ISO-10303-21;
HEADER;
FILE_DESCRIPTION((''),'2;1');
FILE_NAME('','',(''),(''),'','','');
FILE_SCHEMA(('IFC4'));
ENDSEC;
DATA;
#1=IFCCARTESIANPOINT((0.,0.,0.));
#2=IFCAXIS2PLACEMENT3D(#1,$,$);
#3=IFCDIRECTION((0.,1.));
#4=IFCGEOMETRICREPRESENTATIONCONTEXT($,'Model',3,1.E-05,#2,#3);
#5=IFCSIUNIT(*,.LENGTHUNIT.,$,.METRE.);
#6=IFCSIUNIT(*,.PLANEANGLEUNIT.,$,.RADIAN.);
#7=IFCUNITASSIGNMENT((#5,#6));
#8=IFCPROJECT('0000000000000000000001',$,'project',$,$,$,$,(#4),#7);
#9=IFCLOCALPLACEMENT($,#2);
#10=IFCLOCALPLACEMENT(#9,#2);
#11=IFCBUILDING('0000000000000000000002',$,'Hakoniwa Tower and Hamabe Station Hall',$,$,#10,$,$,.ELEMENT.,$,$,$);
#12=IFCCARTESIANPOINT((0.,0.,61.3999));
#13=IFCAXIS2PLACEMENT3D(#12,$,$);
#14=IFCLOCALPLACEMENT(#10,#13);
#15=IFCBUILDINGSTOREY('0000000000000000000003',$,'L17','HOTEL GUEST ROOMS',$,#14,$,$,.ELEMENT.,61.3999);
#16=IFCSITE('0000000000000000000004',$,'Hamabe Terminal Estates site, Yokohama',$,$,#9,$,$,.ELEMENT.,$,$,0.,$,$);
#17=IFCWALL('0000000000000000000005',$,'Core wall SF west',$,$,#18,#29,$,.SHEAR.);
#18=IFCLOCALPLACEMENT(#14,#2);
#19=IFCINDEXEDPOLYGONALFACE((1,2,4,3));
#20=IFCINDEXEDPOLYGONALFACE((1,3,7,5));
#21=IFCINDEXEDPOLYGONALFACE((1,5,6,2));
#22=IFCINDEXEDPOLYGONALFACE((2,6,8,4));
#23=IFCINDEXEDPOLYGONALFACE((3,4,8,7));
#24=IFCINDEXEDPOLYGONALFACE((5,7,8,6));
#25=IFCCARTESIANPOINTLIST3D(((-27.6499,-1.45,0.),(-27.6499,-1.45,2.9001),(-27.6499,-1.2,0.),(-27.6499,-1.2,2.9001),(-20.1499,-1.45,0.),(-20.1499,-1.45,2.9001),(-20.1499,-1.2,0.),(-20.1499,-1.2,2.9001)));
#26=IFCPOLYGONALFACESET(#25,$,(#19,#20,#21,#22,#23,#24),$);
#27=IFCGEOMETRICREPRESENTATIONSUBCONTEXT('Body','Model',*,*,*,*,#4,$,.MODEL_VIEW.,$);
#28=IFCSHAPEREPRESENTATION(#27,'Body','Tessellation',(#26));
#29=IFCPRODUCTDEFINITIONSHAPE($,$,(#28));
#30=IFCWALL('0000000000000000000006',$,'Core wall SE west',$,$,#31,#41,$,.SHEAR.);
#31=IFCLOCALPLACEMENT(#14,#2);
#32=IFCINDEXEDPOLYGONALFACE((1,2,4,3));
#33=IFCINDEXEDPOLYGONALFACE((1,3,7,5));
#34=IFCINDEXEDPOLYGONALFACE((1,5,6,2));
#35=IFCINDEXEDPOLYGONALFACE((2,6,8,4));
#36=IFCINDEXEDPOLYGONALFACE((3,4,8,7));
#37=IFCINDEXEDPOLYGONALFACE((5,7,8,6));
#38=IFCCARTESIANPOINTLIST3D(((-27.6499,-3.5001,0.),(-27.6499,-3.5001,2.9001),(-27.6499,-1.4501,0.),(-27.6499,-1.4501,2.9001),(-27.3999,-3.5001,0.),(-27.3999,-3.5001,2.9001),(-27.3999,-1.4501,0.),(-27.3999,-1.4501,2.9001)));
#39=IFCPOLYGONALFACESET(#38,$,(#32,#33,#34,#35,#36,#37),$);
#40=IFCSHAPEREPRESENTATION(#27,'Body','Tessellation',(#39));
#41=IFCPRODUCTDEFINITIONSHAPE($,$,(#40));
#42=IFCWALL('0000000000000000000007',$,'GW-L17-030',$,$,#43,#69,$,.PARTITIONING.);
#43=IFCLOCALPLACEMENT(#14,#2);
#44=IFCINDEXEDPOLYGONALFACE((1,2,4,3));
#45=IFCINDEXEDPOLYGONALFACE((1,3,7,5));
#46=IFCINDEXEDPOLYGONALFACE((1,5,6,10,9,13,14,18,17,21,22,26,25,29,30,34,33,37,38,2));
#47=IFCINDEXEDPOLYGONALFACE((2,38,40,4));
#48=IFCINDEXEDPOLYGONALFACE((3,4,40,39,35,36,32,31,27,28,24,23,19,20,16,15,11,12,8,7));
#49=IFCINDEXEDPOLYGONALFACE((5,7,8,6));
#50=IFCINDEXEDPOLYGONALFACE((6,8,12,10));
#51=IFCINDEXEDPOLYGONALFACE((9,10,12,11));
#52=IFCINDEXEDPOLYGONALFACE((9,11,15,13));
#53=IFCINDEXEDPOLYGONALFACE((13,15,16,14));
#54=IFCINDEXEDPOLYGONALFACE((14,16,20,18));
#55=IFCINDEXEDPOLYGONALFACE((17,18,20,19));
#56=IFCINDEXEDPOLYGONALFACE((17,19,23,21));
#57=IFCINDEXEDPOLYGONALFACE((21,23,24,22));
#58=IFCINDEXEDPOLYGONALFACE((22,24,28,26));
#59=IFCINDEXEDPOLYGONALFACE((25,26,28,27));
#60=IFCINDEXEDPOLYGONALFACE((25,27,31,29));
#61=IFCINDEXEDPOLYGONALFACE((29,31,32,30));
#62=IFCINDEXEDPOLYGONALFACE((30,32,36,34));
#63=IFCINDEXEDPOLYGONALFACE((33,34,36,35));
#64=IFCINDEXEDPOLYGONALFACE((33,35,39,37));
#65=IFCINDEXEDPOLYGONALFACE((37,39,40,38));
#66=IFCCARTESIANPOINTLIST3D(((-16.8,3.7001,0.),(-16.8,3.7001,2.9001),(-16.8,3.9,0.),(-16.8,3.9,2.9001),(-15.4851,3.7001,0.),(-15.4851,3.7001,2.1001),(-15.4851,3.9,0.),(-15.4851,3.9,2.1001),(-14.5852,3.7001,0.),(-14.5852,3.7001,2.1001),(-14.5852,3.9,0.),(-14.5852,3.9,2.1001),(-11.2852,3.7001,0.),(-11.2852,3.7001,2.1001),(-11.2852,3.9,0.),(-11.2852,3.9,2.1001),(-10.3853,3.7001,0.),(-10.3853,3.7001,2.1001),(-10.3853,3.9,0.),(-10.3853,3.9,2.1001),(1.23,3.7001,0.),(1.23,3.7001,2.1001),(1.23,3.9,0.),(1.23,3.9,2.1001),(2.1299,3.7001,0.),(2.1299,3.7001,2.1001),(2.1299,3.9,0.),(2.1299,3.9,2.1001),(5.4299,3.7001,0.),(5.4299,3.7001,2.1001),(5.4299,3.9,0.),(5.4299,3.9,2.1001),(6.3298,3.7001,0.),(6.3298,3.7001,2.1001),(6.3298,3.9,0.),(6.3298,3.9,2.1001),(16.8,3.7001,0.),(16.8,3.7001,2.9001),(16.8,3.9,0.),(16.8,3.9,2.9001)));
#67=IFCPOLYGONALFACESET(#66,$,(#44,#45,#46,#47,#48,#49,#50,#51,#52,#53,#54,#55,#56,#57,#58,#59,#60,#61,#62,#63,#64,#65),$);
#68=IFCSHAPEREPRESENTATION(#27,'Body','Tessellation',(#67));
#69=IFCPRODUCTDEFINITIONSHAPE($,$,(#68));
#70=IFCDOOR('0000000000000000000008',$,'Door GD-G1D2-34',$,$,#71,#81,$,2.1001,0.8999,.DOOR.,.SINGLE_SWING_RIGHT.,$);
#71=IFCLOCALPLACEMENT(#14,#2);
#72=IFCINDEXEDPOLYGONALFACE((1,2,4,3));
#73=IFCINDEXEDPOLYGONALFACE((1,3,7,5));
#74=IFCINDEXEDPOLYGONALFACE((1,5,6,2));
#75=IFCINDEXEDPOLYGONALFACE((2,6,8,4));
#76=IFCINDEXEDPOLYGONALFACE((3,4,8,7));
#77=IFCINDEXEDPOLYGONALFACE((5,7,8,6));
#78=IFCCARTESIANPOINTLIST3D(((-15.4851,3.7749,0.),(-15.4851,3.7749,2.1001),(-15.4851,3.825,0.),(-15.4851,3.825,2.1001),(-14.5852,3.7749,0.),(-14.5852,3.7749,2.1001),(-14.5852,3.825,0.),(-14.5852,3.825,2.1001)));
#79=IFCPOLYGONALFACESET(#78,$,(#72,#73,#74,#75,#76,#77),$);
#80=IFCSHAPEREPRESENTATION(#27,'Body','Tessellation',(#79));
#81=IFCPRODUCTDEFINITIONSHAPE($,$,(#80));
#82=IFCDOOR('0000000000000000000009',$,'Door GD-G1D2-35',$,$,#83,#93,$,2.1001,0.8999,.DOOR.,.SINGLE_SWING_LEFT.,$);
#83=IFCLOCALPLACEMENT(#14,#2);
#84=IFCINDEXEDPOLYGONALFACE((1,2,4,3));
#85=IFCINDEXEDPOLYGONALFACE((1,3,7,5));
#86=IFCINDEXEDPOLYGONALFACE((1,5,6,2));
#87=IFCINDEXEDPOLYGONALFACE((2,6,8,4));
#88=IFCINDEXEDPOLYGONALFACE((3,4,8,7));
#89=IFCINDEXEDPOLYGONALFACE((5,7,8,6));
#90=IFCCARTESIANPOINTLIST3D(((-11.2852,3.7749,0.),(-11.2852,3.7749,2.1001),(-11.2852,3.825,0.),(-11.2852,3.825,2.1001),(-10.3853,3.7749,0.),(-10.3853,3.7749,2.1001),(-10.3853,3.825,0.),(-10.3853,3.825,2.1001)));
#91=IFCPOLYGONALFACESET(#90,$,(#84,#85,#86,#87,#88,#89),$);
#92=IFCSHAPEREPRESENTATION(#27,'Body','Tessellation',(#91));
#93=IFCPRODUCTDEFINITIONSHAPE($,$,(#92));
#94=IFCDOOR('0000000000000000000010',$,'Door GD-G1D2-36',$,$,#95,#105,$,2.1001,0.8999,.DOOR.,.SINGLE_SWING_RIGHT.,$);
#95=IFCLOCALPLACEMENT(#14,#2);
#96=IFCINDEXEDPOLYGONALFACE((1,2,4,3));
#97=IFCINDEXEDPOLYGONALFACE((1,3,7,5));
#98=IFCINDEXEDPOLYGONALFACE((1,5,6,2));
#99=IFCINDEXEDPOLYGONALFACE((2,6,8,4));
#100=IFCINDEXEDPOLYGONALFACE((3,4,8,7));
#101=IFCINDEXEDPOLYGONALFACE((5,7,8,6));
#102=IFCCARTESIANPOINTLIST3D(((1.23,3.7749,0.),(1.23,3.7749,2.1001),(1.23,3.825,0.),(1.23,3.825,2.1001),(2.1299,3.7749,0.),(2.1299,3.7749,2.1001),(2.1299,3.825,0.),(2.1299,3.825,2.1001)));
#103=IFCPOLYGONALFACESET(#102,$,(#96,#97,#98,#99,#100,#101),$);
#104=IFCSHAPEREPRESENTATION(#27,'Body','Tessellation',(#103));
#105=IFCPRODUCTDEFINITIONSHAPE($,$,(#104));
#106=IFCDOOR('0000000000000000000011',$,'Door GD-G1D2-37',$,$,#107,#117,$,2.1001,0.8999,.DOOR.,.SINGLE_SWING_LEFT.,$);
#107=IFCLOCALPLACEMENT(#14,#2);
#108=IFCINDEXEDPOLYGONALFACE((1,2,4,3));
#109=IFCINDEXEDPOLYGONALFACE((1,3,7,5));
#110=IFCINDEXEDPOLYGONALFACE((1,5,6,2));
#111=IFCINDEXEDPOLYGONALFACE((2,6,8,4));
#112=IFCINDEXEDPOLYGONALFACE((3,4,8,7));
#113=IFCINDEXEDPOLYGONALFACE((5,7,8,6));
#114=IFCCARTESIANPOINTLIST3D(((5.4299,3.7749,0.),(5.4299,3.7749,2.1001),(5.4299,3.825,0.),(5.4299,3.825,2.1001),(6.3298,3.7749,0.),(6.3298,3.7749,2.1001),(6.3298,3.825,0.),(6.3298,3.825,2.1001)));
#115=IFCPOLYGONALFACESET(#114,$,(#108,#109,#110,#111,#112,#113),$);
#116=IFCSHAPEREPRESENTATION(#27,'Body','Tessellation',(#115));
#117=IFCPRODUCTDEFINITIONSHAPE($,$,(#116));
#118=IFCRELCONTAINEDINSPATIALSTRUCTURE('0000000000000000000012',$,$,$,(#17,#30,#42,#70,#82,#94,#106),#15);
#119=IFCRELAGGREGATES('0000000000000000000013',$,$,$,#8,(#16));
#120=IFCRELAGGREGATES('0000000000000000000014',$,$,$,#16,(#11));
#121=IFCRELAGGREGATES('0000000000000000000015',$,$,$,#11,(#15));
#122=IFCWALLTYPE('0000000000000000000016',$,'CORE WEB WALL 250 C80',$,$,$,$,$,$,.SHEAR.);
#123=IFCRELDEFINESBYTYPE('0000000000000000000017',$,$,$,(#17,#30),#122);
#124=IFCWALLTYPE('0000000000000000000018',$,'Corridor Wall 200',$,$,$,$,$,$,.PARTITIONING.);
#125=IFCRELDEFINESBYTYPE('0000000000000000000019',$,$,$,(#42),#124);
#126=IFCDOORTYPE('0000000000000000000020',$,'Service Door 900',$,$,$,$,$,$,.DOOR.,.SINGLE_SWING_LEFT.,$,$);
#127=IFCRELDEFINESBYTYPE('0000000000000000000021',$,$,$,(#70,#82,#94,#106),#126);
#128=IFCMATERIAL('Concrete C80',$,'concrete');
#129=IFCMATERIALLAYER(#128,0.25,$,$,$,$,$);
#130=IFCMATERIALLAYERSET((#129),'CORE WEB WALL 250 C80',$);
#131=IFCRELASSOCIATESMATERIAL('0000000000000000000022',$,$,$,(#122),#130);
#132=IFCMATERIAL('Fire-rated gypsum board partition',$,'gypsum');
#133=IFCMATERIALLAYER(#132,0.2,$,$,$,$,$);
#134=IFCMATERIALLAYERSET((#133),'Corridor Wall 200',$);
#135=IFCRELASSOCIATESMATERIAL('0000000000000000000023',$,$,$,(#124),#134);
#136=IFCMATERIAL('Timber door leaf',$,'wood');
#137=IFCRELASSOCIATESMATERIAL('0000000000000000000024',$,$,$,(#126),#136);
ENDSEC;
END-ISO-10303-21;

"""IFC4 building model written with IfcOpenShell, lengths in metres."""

from ifc_helpers import new_model, si_unit, direction, frame, frame_2d, origin, place, context, subcontext, project, spatial, rectangle, extrude, material, layer, layer_set, type_object, element, fill, save


model = new_model("IFC4")

# Units and contexts
model_context = context("Model", 3, precision=1e-05, world=origin(), true_north=direction((0.0, 1.0)))
body_context = subcontext(model_context, "Body", "Model", "MODEL_VIEW")
ifc_project = project(units=[si_unit("LENGTHUNIT", "METRE"), si_unit("PLANEANGLEUNIT", "RADIAN")], contexts=[model_context])

# Site, building, storey
site_placement = place(None, origin())
site = spatial("IfcSite", under=ifc_project, at=site_placement, Name="Hamabe Terminal Estates site, Yokohama", CompositionType="ELEMENT", RefElevation=0.0)
building_placement = place(site_placement, origin())
building = spatial("IfcBuilding", under=site, at=building_placement, Name="Hakoniwa Tower and Hamabe Station Hall", CompositionType="ELEMENT")
storey_placement = place(building_placement, frame((0.0, 0.0, 61.3999)))
storey = spatial("IfcBuildingStorey", under=building, at=storey_placement, Name="L17", Description="HOTEL GUEST ROOMS", CompositionType="ELEMENT", Elevation=61.3999)

# Shared definitions
ifc_material_1 = material(Name="Concrete C80", Category="concrete")
ifc_layer_1 = layer(ifc_material_1, 0.25)
ifc_layer_set_1 = layer_set([ifc_layer_1], Name="CORE WEB WALL 250 C80")
wall_type_1 = type_object("IfcWallType", Name="CORE WEB WALL 250 C80", PredefinedType="SHEAR", material=ifc_layer_set_1)

# Walls
wall_1_placement = place(storey_placement, frame((-27.6499, -1.325, 0.0), z_axis=(0.0, 0.0, 1.0), x_axis=(1.0, 0.0, 0.0)))
element("IfcWall", 1, at=wall_1_placement, inside=storey, type_object=wall_type_1, Name="Core wall SF west", PredefinedType="SHEAR", context=body_context, shape_type="SweptSolid", body=[
    extrude(rectangle(XDim=7.5, YDim=0.25, at=frame_2d((3.75, 0.0))), origin(), (0.0, 0.0, 1.0), 2.9001),
])
wall_2_placement = place(storey_placement, frame((-27.5249, -3.5, 0.0), z_axis=(0.0, 0.0, 1.0), x_axis=(0.0, 1.0, 0.0)))
element("IfcWall", 2, at=wall_2_placement, inside=storey, type_object=wall_type_1, Name="Core wall SE west", PredefinedType="SHEAR", context=body_context, shape_type="SweptSolid", body=[
    extrude(rectangle(XDim=2.05, YDim=0.25, at=frame_2d((1.0249, 0.0))), origin(), (0.0, 0.0, 1.0), 2.9001),
])

# Wall, openings, doors
ifc_material_2 = material(Name="Fire-rated gypsum board partition", Category="gypsum")
ifc_layer_2 = layer(ifc_material_2, 0.2)
ifc_layer_set_2 = layer_set([ifc_layer_2], Name="Corridor Wall 200")
wall_type_2 = type_object("IfcWallType", Name="Corridor Wall 200", PredefinedType="PARTITIONING", material=ifc_layer_set_2)
wall_3_placement = place(storey_placement, frame((-16.8, 3.8, 0.0), z_axis=(0.0, 0.0, 1.0), x_axis=(1.0, 0.0, 0.0)))
wall_3 = element("IfcWall", 3, at=wall_3_placement, inside=storey, type_object=wall_type_2, Name="GW-L17-030", PredefinedType="PARTITIONING", context=body_context, shape_type="SweptSolid", body=[
    extrude(rectangle(XDim=33.6001, YDim=0.2, at=frame_2d((16.8, 0.0))), origin(), (0.0, 0.0, 1.0), 2.9001),
])
opening_1_placement = place(wall_3_placement, frame((1.3149, 0.0, 0.0)))
opening_1 = element("IfcOpeningElement", 4, at=opening_1_placement, cuts=wall_3, PredefinedType="OPENING", context=body_context, shape_type="SweptSolid", body=[
    extrude(rectangle(XDim=0.8999, YDim=2.1001, at=frame_2d((0.45, 1.05))), frame((0.0, 0.1099, 0.0), z_axis=(0.0, -1.0, 0.0), x_axis=(1.0, 0.0, 0.0)), (0.0, 0.0, 1.0), 0.22),
])
opening_2_placement = place(wall_3_placement, frame((5.5149, 0.0, 0.0)))
opening_2 = element("IfcOpeningElement", 5, at=opening_2_placement, cuts=wall_3, PredefinedType="OPENING", context=body_context, shape_type="SweptSolid", body=[
    extrude(rectangle(XDim=0.8999, YDim=2.1001, at=frame_2d((0.45, 1.05))), frame((0.0, 0.1099, 0.0), z_axis=(0.0, -1.0, 0.0), x_axis=(1.0, 0.0, 0.0)), (0.0, 0.0, 1.0), 0.22),
])
opening_3_placement = place(wall_3_placement, frame((18.03, 0.0, 0.0)))
opening_3 = element("IfcOpeningElement", 6, at=opening_3_placement, cuts=wall_3, PredefinedType="OPENING", context=body_context, shape_type="SweptSolid", body=[
    extrude(rectangle(XDim=0.8999, YDim=2.1001, at=frame_2d((0.45, 1.05))), frame((0.0, 0.1099, 0.0), z_axis=(0.0, -1.0, 0.0), x_axis=(1.0, 0.0, 0.0)), (0.0, 0.0, 1.0), 0.22),
])
opening_4_placement = place(wall_3_placement, frame((22.23, 0.0, 0.0)))
opening_4 = element("IfcOpeningElement", 7, at=opening_4_placement, cuts=wall_3, PredefinedType="OPENING", context=body_context, shape_type="SweptSolid", body=[
    extrude(rectangle(XDim=0.8999, YDim=2.1001, at=frame_2d((0.45, 1.05))), frame((0.0, 0.1099, 0.0), z_axis=(0.0, -1.0, 0.0), x_axis=(1.0, 0.0, 0.0)), (0.0, 0.0, 1.0), 0.22),
])
ifc_material_3 = material(Name="Timber door leaf", Category="wood")
door_type_1 = type_object("IfcDoorType", Name="Service Door 900", OperationType="SINGLE_SWING_LEFT", PredefinedType="DOOR", material=ifc_material_3)
door_1_placement = place(opening_1_placement, origin())
door_1 = element("IfcDoor", 8, at=door_1_placement, inside=storey, type_object=door_type_1, Name="Door GD-G1D2-34", OperationType="SINGLE_SWING_RIGHT", OverallHeight=2.1001, OverallWidth=0.8999, PredefinedType="DOOR", context=body_context, shape_type="SweptSolid", body=[
    extrude(rectangle(XDim=0.8999, YDim=2.1001, at=frame_2d((0.45, 1.05))), frame((0.0, 0.0249, 0.0), z_axis=(0.0, -1.0, 0.0), x_axis=(1.0, 0.0, 0.0)), (0.0, 0.0, 1.0), 0.05),
])
fill(opening_1, door_1)
door_2_placement = place(opening_2_placement, origin())
door_2 = element("IfcDoor", 9, at=door_2_placement, inside=storey, type_object=door_type_1, Name="Door GD-G1D2-35", OperationType="SINGLE_SWING_LEFT", OverallHeight=2.1001, OverallWidth=0.8999, PredefinedType="DOOR", context=body_context, shape_type="SweptSolid", body=[
    extrude(rectangle(XDim=0.8999, YDim=2.1001, at=frame_2d((0.45, 1.05))), frame((0.0, 0.0249, 0.0), z_axis=(0.0, -1.0, 0.0), x_axis=(1.0, 0.0, 0.0)), (0.0, 0.0, 1.0), 0.05),
])
fill(opening_2, door_2)
door_3_placement = place(opening_3_placement, origin())
door_3 = element("IfcDoor", 10, at=door_3_placement, inside=storey, type_object=door_type_1, Name="Door GD-G1D2-36", OperationType="SINGLE_SWING_RIGHT", OverallHeight=2.1001, OverallWidth=0.8999, PredefinedType="DOOR", context=body_context, shape_type="SweptSolid", body=[
    extrude(rectangle(XDim=0.8999, YDim=2.1001, at=frame_2d((0.45, 1.05))), frame((0.0, 0.0249, 0.0), z_axis=(0.0, -1.0, 0.0), x_axis=(1.0, 0.0, 0.0)), (0.0, 0.0, 1.0), 0.05),
])
fill(opening_3, door_3)
door_4_placement = place(opening_4_placement, origin())
door_4 = element("IfcDoor", 11, at=door_4_placement, inside=storey, type_object=door_type_1, Name="Door GD-G1D2-37", OperationType="SINGLE_SWING_LEFT", OverallHeight=2.1001, OverallWidth=0.8999, PredefinedType="DOOR", context=body_context, shape_type="SweptSolid", body=[
    extrude(rectangle(XDim=0.8999, YDim=2.1001, at=frame_2d((0.45, 1.05))), frame((0.0, 0.0249, 0.0), z_axis=(0.0, -1.0, 0.0), x_axis=(1.0, 0.0, 0.0)), (0.0, 0.0, 1.0), 0.05),
])
fill(opening_4, door_4)

save(model, "model.ifc")
